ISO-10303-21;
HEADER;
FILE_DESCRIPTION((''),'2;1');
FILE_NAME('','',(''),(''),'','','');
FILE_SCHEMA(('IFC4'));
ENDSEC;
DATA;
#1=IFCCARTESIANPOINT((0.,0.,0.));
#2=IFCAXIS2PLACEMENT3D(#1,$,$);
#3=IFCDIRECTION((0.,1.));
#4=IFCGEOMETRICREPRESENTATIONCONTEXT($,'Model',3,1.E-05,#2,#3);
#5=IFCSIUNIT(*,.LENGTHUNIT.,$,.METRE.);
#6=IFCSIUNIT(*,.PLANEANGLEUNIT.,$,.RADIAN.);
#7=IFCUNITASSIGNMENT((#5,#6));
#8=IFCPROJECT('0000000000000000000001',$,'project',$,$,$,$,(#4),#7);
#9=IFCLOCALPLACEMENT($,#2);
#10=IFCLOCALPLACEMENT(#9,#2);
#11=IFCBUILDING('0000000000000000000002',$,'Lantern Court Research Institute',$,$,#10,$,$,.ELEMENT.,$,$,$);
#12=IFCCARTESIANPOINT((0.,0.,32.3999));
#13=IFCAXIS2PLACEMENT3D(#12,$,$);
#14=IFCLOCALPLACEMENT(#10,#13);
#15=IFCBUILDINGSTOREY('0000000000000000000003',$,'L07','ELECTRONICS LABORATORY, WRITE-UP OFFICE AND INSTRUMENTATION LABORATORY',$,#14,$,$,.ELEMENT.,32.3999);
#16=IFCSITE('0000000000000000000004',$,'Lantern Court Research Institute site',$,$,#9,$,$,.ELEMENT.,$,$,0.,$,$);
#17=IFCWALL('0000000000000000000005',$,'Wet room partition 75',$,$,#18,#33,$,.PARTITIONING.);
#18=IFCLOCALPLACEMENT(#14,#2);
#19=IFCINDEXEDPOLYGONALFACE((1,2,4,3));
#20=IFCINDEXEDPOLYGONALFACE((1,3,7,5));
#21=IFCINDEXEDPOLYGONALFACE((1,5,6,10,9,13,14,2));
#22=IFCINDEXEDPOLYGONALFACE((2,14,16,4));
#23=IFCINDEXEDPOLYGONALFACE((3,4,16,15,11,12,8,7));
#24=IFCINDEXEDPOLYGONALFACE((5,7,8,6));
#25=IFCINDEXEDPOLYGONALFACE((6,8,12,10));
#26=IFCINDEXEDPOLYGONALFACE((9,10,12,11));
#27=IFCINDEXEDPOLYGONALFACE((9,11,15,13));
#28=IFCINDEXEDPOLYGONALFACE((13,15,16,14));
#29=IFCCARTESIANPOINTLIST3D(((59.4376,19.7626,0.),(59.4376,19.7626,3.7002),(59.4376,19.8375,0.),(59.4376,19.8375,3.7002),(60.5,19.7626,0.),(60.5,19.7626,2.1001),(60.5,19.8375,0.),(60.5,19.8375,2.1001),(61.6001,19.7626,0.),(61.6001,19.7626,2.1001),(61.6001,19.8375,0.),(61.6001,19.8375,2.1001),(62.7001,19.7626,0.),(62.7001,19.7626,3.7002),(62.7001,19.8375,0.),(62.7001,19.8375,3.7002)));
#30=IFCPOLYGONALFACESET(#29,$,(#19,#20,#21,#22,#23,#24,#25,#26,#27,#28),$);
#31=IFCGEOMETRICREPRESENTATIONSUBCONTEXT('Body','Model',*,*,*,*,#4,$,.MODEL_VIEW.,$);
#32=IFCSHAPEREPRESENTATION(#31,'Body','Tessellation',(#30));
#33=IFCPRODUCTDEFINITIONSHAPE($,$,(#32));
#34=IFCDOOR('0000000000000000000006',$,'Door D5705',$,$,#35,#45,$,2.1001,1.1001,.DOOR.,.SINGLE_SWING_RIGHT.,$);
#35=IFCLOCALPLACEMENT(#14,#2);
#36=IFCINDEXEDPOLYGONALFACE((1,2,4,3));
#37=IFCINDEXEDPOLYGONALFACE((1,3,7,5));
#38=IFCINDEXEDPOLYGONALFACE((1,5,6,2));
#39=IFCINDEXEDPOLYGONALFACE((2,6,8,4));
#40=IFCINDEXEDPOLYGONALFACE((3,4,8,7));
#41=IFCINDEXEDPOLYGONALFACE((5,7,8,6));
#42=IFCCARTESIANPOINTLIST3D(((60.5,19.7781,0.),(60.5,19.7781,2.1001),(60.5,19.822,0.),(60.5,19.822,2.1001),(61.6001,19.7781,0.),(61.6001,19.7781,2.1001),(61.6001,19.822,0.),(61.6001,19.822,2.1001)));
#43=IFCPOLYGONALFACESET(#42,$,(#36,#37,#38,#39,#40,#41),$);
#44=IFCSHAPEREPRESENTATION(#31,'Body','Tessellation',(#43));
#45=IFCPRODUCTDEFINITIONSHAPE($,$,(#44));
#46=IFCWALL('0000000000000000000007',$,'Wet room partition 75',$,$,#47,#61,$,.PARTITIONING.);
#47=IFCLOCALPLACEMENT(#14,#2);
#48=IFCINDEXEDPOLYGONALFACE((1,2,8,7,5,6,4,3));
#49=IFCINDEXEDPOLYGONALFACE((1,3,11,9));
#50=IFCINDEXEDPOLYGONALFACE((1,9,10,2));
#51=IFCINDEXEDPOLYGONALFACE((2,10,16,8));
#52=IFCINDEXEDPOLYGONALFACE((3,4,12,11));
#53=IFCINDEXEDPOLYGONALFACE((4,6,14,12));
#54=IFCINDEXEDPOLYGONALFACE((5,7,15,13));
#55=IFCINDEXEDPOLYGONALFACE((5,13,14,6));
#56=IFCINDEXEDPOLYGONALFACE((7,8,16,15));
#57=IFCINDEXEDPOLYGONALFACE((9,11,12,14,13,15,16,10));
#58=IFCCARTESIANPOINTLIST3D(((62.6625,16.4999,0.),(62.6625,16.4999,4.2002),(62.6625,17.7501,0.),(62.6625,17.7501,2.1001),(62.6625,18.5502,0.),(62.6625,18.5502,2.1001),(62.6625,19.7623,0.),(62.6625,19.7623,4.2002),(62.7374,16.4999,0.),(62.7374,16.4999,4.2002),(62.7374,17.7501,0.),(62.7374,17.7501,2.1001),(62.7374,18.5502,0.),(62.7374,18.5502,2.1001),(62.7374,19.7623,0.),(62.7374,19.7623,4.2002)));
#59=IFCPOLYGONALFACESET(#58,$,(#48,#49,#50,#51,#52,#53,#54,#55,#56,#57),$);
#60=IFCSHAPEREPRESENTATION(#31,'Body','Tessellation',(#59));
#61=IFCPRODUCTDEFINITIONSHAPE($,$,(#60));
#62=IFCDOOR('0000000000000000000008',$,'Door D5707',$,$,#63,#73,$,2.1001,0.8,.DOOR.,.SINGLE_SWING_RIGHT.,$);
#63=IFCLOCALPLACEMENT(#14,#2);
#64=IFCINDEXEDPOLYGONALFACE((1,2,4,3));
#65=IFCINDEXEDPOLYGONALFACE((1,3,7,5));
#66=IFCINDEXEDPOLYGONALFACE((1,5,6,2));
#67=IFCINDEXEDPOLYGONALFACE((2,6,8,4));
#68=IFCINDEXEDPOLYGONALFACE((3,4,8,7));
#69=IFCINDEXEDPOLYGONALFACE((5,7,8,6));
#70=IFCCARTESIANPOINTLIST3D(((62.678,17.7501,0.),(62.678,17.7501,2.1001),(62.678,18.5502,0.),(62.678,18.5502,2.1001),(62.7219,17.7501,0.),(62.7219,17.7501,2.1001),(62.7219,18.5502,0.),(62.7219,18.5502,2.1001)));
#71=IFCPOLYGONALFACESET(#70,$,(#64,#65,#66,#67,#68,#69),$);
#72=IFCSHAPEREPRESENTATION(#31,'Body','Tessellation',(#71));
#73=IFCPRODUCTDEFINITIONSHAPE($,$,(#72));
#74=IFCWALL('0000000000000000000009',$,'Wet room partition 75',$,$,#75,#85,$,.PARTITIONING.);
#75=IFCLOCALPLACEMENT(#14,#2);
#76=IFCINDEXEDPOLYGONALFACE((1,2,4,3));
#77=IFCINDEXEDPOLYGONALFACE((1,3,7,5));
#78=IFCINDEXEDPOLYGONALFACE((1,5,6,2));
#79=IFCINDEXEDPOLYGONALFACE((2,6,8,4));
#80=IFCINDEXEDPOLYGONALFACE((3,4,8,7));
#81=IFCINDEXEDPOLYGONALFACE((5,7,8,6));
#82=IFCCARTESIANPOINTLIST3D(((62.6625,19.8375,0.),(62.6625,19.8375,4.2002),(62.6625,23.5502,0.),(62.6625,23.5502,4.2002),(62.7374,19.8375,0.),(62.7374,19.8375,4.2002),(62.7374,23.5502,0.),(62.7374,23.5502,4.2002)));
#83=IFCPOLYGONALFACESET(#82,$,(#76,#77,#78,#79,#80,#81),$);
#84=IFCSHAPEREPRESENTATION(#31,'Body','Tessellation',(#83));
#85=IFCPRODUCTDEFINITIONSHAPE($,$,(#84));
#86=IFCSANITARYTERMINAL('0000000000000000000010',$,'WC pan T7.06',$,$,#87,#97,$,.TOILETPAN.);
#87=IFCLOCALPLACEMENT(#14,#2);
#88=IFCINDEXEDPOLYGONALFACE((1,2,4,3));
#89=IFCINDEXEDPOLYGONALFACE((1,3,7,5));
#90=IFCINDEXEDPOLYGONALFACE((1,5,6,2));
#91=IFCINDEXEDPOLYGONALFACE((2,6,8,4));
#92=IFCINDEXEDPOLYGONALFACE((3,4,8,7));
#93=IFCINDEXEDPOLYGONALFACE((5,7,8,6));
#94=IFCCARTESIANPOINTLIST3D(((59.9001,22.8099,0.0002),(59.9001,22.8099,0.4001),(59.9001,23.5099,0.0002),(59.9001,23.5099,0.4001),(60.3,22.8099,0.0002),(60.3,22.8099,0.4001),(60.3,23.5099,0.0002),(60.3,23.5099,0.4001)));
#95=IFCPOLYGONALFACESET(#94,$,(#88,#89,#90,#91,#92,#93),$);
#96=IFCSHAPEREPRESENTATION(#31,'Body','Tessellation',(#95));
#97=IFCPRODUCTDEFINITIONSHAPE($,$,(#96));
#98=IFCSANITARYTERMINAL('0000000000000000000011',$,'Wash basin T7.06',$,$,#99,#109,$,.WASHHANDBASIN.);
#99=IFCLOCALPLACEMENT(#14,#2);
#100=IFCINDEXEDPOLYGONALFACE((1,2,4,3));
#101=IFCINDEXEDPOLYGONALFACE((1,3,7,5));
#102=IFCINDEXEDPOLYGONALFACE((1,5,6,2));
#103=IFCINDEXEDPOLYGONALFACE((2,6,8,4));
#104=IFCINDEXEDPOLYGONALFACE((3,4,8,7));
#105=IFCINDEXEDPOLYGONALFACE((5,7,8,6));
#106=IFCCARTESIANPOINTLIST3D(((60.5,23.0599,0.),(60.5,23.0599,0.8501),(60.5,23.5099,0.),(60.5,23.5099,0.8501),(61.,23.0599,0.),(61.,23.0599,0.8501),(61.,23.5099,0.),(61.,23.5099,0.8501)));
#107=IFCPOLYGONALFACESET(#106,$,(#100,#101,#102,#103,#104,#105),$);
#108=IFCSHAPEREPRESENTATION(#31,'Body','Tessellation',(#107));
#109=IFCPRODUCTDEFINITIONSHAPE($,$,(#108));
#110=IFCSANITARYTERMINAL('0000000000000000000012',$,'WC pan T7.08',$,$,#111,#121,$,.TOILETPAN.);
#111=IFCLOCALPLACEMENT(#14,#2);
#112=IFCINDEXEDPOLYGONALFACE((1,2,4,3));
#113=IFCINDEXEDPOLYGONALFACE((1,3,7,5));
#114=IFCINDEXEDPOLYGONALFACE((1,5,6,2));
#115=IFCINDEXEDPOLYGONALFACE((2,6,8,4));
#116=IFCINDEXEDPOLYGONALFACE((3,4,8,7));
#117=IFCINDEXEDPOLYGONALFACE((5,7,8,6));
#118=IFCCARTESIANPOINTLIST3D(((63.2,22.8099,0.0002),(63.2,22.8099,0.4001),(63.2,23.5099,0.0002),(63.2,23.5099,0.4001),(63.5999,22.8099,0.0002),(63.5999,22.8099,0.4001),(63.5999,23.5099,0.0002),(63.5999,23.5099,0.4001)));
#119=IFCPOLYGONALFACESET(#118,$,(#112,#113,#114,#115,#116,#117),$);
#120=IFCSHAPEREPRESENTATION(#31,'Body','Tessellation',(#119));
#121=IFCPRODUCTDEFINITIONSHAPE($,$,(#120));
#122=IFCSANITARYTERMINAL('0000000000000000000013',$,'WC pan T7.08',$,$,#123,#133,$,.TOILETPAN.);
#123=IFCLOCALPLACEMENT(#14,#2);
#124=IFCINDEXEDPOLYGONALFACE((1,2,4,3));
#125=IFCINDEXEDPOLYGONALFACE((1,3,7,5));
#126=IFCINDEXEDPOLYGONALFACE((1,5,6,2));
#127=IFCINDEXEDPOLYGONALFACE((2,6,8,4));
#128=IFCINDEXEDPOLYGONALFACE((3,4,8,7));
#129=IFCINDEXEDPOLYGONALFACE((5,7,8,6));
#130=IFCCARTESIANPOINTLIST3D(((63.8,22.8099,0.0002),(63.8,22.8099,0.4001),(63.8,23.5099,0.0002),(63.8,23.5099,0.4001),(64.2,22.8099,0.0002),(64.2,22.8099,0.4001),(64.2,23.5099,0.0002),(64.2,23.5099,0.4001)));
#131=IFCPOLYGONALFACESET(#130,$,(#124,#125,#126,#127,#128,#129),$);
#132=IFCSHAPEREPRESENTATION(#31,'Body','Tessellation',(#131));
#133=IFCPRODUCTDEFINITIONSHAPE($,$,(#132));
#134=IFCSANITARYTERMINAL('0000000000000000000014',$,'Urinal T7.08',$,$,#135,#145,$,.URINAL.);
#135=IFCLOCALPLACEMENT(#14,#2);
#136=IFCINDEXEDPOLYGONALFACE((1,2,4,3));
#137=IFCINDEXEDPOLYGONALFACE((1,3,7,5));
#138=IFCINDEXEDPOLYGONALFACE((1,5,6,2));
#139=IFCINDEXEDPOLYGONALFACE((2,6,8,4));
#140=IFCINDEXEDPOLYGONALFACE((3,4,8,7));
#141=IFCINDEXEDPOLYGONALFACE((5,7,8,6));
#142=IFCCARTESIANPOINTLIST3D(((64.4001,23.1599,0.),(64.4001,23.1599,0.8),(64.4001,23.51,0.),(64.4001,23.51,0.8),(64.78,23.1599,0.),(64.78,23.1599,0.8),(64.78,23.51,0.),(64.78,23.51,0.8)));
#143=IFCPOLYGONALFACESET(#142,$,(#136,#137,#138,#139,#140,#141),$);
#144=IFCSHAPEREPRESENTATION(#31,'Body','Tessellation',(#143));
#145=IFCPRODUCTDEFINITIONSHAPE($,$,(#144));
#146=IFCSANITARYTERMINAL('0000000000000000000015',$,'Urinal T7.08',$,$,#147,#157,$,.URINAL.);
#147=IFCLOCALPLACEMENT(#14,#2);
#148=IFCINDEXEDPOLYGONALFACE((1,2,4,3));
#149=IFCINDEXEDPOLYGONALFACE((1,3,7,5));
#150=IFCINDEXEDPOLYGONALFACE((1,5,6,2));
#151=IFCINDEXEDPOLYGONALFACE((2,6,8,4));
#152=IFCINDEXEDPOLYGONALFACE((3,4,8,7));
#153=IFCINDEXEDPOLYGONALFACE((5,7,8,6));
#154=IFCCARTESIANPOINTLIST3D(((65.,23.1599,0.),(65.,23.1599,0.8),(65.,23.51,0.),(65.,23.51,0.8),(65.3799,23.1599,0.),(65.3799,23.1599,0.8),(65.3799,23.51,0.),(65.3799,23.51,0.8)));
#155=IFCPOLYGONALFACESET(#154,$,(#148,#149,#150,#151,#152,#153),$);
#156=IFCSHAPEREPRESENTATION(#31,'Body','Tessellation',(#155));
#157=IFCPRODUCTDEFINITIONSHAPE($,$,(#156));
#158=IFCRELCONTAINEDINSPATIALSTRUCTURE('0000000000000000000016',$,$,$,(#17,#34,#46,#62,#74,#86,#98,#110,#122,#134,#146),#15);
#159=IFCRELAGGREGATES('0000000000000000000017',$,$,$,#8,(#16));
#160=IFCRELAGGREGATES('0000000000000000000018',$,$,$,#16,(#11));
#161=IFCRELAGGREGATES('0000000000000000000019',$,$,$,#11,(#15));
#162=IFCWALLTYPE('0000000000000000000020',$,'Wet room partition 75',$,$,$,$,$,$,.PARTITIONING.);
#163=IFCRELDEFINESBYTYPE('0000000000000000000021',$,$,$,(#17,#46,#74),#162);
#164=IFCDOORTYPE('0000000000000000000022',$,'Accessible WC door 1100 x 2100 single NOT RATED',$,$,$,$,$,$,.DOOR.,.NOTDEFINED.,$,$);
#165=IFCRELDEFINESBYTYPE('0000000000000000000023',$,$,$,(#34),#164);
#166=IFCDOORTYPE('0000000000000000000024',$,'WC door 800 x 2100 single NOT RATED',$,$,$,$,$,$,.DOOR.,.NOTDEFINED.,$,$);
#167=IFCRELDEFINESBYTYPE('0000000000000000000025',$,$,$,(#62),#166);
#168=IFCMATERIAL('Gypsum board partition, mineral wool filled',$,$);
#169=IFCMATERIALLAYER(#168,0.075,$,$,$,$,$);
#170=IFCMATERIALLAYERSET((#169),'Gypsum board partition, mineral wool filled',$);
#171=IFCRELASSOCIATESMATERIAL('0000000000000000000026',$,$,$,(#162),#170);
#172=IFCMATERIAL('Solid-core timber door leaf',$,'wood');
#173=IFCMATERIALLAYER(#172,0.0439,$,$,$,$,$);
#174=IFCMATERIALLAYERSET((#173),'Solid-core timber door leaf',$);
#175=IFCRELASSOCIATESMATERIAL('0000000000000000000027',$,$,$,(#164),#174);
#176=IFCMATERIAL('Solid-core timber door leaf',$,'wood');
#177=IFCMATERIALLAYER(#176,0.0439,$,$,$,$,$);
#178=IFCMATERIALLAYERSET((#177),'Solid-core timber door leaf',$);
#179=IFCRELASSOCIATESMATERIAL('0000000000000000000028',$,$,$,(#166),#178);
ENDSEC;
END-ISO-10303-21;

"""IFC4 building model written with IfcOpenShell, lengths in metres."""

from ifc_helpers import new_model, si_unit, direction, frame, frame_2d, origin, origin_2d, place, context, subcontext, project, spatial, rectangle, extrude, material, layer, layer_set, type_object, element, fill, save


model = new_model("IFC4")

# Units and contexts
model_context = context("Model", 3, precision=1e-05, world=origin(), true_north=direction((0.0, 1.0)))
body_context = subcontext(model_context, "Body", "Model", "MODEL_VIEW")
ifc_project = project(units=[si_unit("LENGTHUNIT", "METRE"), si_unit("PLANEANGLEUNIT", "RADIAN")], contexts=[model_context])

# Site, building, storey
site_placement = place(None, origin())
site = spatial("IfcSite", under=ifc_project, at=site_placement, Name="Lantern Court Research Institute site", CompositionType="ELEMENT", RefElevation=0.0)
building_placement = place(site_placement, origin())
building = spatial("IfcBuilding", under=site, at=building_placement, Name="Lantern Court Research Institute", CompositionType="ELEMENT")
storey_placement = place(building_placement, frame((0.0, 0.0, 32.3999)))
storey = spatial("IfcBuildingStorey", under=building, at=storey_placement, Name="L07", Description="ELECTRONICS LABORATORY, WRITE-UP OFFICE AND INSTRUMENTATION LABORATORY", CompositionType="ELEMENT", Elevation=32.3999)

# Walls, openings, doors
ifc_material_1 = material(Name="Gypsum board partition, mineral wool filled")
ifc_layer_1 = layer(ifc_material_1, 0.075)
ifc_layer_set_1 = layer_set([ifc_layer_1], Name="Gypsum board partition, mineral wool filled")
wall_type = type_object("IfcWallType", Name="Wet room partition 75", PredefinedType="PARTITIONING", material=ifc_layer_set_1)
wall_1_placement = place(storey_placement, frame((59.4375, 19.8, 0.0), z_axis=(0.0, 0.0, 1.0), x_axis=(1.0, 0.0, 0.0)))
wall_1 = element("IfcWall", 1, at=wall_1_placement, inside=storey, type_object=wall_type, Name="Wet room partition 75", PredefinedType="PARTITIONING", context=body_context, shape_type="SweptSolid", body=[
    extrude(rectangle(XDim=3.2625, YDim=0.075, at=frame_2d((1.6313, 0.0))), origin(), (0.0, 0.0, 1.0), 3.7002),
])
opening_1_placement = place(wall_1_placement, frame((1.0625, 0.0, 0.0)))
opening_1 = element("IfcOpeningElement", 2, at=opening_1_placement, cuts=wall_1, PredefinedType="OPENING", context=body_context, shape_type="SweptSolid", body=[
    extrude(rectangle(XDim=1.1001, YDim=2.1001, at=frame_2d((0.55, 1.05))), frame((0.0, 0.0474, 0.0), z_axis=(0.0, -1.0, 0.0), x_axis=(1.0, 0.0, 0.0)), (0.0, 0.0, 1.0), 0.095),
])
ifc_material_2 = material(Name="Solid-core timber door leaf", Category="wood")
ifc_layer_2 = layer(ifc_material_2, 0.0439)
ifc_layer_set_2 = layer_set([ifc_layer_2], Name="Solid-core timber door leaf")
door_type_1 = type_object("IfcDoorType", Name="Accessible WC door 1100 x 2100 single NOT RATED", OperationType="NOTDEFINED", PredefinedType="DOOR", material=ifc_layer_set_2)
door_1_placement = place(opening_1_placement, origin())
door_1 = element("IfcDoor", 3, at=door_1_placement, inside=storey, type_object=door_type_1, Name="Door D5705", OperationType="SINGLE_SWING_RIGHT", OverallHeight=2.1001, OverallWidth=1.1001, PredefinedType="DOOR", context=body_context, shape_type="SweptSolid", body=[
    extrude(rectangle(XDim=1.1001, YDim=2.1001, at=frame_2d((0.55, 1.05))), frame((0.0, 0.022, 0.0), z_axis=(0.0, -1.0, 0.0), x_axis=(1.0, 0.0, 0.0)), (0.0, 0.0, 1.0), 0.0439),
])
fill(opening_1, door_1)
wall_2_placement = place(storey_placement, frame((62.7, 19.7625, 0.0), z_axis=(0.0, 0.0, 1.0), x_axis=(0.0, -1.0, 0.0)))
wall_2 = element("IfcWall", 4, at=wall_2_placement, inside=storey, type_object=wall_type, Name="Wet room partition 75", PredefinedType="PARTITIONING", context=body_context, shape_type="SweptSolid", body=[
    extrude(rectangle(XDim=3.2625, YDim=0.075, at=frame_2d((1.6313, 0.0))), origin(), (0.0, 0.0, 1.0), 4.2002),
])
opening_2_placement = place(wall_2_placement, frame((1.2124, 0.0, 0.0)))
opening_2 = element("IfcOpeningElement", 5, at=opening_2_placement, cuts=wall_2, PredefinedType="OPENING", context=body_context, shape_type="SweptSolid", body=[
    extrude(rectangle(XDim=0.8, YDim=2.1001, at=frame_2d((0.3999, 1.05))), frame((0.0, 0.0474, 0.0), z_axis=(0.0, -1.0, 0.0), x_axis=(1.0, 0.0, 0.0)), (0.0, 0.0, 1.0), 0.095),
])
ifc_material_3 = material(Name="Solid-core timber door leaf", Category="wood")
ifc_layer_3 = layer(ifc_material_3, 0.0439)
ifc_layer_set_3 = layer_set([ifc_layer_3], Name="Solid-core timber door leaf")
door_type_2 = type_object("IfcDoorType", Name="WC door 800 x 2100 single NOT RATED", OperationType="NOTDEFINED", PredefinedType="DOOR", material=ifc_layer_set_3)
door_2_placement = place(opening_2_placement, origin())
door_2 = element("IfcDoor", 6, at=door_2_placement, inside=storey, type_object=door_type_2, Name="Door D5707", OperationType="SINGLE_SWING_RIGHT", OverallHeight=2.1001, OverallWidth=0.8, PredefinedType="DOOR", context=body_context, shape_type="SweptSolid", body=[
    extrude(rectangle(XDim=0.8, YDim=2.1001, at=frame_2d((0.3999, 1.05))), frame((0.0, 0.022, 0.0), z_axis=(0.0, -1.0, 0.0), x_axis=(1.0, 0.0, 0.0)), (0.0, 0.0, 1.0), 0.0439),
])
fill(opening_2, door_2)

# Wall
wall_3_placement = place(storey_placement, frame((62.7, 19.8374, 0.0), z_axis=(0.0, 0.0, 1.0), x_axis=(0.0, 1.0, 0.0)))
element("IfcWall", 7, at=wall_3_placement, inside=storey, type_object=wall_type, Name="Wet room partition 75", PredefinedType="PARTITIONING", context=body_context, shape_type="SweptSolid", body=[
    extrude(rectangle(XDim=3.7126, YDim=0.075, at=frame_2d((1.8564, 0.0))), origin(), (0.0, 0.0, 1.0), 4.2002),
])

# Sanitary terminals
sanitary_terminal_1_placement = place(storey_placement, frame((60.1001, 23.1599, 0.0002), z_axis=(0.0, 0.0, 1.0), x_axis=(1.0, 0.0, 0.0)))
element("IfcSanitaryTerminal", 8, at=sanitary_terminal_1_placement, inside=storey, Name="WC pan T7.06", PredefinedType="TOILETPAN", context=body_context, shape_type="SweptSolid", body=[
    extrude(rectangle(XDim=0.3999, YDim=0.7, at=origin_2d()), origin(), (0.0, 0.0, 1.0), 0.3999),
])
sanitary_terminal_2_placement = place(storey_placement, frame((60.75, 23.2849, 0.0), z_axis=(0.0, 0.0, 1.0), x_axis=(1.0, 0.0, 0.0)))
element("IfcSanitaryTerminal", 9, at=sanitary_terminal_2_placement, inside=storey, Name="Wash basin T7.06", PredefinedType="WASHHANDBASIN", context=body_context, shape_type="SweptSolid", body=[
    extrude(rectangle(XDim=0.5, YDim=0.45, at=origin_2d()), origin(), (0.0, 0.0, 1.0), 0.8501),
])
for number, where, z_axis, x_axis, name in (
    (10, (63.3999, 23.1599, 0.0002), (0.0, 0.0, 1.0), (1.0, 0.0, 0.0), "WC pan T7.08"),
    (11, (64.0, 23.1599, 0.0002), (0.0, 0.0, 1.0), (1.0, 0.0, 0.0), "WC pan T7.08"),
):
    element("IfcSanitaryTerminal", number, at=place(storey_placement, frame(where, z_axis=z_axis, x_axis=x_axis)), inside=storey, Name=name, PredefinedType="TOILETPAN", context=body_context, shape_type="SweptSolid", body=[
        extrude(rectangle(XDim=0.3999, YDim=0.7, at=origin_2d()), origin(), (0.0, 0.0, 1.0), 0.3999),
    ])
for number, where, z_axis, x_axis, name in (
    (12, (64.5901, 23.335, 0.0), (0.0, 0.0, 1.0), (1.0, 0.0, 0.0), "Urinal T7.08"),
    (13, (65.1899, 23.335, 0.0), (0.0, 0.0, 1.0), (1.0, 0.0, 0.0), "Urinal T7.08"),
):
    element("IfcSanitaryTerminal", number, at=place(storey_placement, frame(where, z_axis=z_axis, x_axis=x_axis)), inside=storey, Name=name, PredefinedType="URINAL", context=body_context, shape_type="SweptSolid", body=[
        extrude(rectangle(XDim=0.3799, YDim=0.3501, at=origin_2d()), origin(), (0.0, 0.0, 1.0), 0.8),
    ])

save(model, "model.ifc")
